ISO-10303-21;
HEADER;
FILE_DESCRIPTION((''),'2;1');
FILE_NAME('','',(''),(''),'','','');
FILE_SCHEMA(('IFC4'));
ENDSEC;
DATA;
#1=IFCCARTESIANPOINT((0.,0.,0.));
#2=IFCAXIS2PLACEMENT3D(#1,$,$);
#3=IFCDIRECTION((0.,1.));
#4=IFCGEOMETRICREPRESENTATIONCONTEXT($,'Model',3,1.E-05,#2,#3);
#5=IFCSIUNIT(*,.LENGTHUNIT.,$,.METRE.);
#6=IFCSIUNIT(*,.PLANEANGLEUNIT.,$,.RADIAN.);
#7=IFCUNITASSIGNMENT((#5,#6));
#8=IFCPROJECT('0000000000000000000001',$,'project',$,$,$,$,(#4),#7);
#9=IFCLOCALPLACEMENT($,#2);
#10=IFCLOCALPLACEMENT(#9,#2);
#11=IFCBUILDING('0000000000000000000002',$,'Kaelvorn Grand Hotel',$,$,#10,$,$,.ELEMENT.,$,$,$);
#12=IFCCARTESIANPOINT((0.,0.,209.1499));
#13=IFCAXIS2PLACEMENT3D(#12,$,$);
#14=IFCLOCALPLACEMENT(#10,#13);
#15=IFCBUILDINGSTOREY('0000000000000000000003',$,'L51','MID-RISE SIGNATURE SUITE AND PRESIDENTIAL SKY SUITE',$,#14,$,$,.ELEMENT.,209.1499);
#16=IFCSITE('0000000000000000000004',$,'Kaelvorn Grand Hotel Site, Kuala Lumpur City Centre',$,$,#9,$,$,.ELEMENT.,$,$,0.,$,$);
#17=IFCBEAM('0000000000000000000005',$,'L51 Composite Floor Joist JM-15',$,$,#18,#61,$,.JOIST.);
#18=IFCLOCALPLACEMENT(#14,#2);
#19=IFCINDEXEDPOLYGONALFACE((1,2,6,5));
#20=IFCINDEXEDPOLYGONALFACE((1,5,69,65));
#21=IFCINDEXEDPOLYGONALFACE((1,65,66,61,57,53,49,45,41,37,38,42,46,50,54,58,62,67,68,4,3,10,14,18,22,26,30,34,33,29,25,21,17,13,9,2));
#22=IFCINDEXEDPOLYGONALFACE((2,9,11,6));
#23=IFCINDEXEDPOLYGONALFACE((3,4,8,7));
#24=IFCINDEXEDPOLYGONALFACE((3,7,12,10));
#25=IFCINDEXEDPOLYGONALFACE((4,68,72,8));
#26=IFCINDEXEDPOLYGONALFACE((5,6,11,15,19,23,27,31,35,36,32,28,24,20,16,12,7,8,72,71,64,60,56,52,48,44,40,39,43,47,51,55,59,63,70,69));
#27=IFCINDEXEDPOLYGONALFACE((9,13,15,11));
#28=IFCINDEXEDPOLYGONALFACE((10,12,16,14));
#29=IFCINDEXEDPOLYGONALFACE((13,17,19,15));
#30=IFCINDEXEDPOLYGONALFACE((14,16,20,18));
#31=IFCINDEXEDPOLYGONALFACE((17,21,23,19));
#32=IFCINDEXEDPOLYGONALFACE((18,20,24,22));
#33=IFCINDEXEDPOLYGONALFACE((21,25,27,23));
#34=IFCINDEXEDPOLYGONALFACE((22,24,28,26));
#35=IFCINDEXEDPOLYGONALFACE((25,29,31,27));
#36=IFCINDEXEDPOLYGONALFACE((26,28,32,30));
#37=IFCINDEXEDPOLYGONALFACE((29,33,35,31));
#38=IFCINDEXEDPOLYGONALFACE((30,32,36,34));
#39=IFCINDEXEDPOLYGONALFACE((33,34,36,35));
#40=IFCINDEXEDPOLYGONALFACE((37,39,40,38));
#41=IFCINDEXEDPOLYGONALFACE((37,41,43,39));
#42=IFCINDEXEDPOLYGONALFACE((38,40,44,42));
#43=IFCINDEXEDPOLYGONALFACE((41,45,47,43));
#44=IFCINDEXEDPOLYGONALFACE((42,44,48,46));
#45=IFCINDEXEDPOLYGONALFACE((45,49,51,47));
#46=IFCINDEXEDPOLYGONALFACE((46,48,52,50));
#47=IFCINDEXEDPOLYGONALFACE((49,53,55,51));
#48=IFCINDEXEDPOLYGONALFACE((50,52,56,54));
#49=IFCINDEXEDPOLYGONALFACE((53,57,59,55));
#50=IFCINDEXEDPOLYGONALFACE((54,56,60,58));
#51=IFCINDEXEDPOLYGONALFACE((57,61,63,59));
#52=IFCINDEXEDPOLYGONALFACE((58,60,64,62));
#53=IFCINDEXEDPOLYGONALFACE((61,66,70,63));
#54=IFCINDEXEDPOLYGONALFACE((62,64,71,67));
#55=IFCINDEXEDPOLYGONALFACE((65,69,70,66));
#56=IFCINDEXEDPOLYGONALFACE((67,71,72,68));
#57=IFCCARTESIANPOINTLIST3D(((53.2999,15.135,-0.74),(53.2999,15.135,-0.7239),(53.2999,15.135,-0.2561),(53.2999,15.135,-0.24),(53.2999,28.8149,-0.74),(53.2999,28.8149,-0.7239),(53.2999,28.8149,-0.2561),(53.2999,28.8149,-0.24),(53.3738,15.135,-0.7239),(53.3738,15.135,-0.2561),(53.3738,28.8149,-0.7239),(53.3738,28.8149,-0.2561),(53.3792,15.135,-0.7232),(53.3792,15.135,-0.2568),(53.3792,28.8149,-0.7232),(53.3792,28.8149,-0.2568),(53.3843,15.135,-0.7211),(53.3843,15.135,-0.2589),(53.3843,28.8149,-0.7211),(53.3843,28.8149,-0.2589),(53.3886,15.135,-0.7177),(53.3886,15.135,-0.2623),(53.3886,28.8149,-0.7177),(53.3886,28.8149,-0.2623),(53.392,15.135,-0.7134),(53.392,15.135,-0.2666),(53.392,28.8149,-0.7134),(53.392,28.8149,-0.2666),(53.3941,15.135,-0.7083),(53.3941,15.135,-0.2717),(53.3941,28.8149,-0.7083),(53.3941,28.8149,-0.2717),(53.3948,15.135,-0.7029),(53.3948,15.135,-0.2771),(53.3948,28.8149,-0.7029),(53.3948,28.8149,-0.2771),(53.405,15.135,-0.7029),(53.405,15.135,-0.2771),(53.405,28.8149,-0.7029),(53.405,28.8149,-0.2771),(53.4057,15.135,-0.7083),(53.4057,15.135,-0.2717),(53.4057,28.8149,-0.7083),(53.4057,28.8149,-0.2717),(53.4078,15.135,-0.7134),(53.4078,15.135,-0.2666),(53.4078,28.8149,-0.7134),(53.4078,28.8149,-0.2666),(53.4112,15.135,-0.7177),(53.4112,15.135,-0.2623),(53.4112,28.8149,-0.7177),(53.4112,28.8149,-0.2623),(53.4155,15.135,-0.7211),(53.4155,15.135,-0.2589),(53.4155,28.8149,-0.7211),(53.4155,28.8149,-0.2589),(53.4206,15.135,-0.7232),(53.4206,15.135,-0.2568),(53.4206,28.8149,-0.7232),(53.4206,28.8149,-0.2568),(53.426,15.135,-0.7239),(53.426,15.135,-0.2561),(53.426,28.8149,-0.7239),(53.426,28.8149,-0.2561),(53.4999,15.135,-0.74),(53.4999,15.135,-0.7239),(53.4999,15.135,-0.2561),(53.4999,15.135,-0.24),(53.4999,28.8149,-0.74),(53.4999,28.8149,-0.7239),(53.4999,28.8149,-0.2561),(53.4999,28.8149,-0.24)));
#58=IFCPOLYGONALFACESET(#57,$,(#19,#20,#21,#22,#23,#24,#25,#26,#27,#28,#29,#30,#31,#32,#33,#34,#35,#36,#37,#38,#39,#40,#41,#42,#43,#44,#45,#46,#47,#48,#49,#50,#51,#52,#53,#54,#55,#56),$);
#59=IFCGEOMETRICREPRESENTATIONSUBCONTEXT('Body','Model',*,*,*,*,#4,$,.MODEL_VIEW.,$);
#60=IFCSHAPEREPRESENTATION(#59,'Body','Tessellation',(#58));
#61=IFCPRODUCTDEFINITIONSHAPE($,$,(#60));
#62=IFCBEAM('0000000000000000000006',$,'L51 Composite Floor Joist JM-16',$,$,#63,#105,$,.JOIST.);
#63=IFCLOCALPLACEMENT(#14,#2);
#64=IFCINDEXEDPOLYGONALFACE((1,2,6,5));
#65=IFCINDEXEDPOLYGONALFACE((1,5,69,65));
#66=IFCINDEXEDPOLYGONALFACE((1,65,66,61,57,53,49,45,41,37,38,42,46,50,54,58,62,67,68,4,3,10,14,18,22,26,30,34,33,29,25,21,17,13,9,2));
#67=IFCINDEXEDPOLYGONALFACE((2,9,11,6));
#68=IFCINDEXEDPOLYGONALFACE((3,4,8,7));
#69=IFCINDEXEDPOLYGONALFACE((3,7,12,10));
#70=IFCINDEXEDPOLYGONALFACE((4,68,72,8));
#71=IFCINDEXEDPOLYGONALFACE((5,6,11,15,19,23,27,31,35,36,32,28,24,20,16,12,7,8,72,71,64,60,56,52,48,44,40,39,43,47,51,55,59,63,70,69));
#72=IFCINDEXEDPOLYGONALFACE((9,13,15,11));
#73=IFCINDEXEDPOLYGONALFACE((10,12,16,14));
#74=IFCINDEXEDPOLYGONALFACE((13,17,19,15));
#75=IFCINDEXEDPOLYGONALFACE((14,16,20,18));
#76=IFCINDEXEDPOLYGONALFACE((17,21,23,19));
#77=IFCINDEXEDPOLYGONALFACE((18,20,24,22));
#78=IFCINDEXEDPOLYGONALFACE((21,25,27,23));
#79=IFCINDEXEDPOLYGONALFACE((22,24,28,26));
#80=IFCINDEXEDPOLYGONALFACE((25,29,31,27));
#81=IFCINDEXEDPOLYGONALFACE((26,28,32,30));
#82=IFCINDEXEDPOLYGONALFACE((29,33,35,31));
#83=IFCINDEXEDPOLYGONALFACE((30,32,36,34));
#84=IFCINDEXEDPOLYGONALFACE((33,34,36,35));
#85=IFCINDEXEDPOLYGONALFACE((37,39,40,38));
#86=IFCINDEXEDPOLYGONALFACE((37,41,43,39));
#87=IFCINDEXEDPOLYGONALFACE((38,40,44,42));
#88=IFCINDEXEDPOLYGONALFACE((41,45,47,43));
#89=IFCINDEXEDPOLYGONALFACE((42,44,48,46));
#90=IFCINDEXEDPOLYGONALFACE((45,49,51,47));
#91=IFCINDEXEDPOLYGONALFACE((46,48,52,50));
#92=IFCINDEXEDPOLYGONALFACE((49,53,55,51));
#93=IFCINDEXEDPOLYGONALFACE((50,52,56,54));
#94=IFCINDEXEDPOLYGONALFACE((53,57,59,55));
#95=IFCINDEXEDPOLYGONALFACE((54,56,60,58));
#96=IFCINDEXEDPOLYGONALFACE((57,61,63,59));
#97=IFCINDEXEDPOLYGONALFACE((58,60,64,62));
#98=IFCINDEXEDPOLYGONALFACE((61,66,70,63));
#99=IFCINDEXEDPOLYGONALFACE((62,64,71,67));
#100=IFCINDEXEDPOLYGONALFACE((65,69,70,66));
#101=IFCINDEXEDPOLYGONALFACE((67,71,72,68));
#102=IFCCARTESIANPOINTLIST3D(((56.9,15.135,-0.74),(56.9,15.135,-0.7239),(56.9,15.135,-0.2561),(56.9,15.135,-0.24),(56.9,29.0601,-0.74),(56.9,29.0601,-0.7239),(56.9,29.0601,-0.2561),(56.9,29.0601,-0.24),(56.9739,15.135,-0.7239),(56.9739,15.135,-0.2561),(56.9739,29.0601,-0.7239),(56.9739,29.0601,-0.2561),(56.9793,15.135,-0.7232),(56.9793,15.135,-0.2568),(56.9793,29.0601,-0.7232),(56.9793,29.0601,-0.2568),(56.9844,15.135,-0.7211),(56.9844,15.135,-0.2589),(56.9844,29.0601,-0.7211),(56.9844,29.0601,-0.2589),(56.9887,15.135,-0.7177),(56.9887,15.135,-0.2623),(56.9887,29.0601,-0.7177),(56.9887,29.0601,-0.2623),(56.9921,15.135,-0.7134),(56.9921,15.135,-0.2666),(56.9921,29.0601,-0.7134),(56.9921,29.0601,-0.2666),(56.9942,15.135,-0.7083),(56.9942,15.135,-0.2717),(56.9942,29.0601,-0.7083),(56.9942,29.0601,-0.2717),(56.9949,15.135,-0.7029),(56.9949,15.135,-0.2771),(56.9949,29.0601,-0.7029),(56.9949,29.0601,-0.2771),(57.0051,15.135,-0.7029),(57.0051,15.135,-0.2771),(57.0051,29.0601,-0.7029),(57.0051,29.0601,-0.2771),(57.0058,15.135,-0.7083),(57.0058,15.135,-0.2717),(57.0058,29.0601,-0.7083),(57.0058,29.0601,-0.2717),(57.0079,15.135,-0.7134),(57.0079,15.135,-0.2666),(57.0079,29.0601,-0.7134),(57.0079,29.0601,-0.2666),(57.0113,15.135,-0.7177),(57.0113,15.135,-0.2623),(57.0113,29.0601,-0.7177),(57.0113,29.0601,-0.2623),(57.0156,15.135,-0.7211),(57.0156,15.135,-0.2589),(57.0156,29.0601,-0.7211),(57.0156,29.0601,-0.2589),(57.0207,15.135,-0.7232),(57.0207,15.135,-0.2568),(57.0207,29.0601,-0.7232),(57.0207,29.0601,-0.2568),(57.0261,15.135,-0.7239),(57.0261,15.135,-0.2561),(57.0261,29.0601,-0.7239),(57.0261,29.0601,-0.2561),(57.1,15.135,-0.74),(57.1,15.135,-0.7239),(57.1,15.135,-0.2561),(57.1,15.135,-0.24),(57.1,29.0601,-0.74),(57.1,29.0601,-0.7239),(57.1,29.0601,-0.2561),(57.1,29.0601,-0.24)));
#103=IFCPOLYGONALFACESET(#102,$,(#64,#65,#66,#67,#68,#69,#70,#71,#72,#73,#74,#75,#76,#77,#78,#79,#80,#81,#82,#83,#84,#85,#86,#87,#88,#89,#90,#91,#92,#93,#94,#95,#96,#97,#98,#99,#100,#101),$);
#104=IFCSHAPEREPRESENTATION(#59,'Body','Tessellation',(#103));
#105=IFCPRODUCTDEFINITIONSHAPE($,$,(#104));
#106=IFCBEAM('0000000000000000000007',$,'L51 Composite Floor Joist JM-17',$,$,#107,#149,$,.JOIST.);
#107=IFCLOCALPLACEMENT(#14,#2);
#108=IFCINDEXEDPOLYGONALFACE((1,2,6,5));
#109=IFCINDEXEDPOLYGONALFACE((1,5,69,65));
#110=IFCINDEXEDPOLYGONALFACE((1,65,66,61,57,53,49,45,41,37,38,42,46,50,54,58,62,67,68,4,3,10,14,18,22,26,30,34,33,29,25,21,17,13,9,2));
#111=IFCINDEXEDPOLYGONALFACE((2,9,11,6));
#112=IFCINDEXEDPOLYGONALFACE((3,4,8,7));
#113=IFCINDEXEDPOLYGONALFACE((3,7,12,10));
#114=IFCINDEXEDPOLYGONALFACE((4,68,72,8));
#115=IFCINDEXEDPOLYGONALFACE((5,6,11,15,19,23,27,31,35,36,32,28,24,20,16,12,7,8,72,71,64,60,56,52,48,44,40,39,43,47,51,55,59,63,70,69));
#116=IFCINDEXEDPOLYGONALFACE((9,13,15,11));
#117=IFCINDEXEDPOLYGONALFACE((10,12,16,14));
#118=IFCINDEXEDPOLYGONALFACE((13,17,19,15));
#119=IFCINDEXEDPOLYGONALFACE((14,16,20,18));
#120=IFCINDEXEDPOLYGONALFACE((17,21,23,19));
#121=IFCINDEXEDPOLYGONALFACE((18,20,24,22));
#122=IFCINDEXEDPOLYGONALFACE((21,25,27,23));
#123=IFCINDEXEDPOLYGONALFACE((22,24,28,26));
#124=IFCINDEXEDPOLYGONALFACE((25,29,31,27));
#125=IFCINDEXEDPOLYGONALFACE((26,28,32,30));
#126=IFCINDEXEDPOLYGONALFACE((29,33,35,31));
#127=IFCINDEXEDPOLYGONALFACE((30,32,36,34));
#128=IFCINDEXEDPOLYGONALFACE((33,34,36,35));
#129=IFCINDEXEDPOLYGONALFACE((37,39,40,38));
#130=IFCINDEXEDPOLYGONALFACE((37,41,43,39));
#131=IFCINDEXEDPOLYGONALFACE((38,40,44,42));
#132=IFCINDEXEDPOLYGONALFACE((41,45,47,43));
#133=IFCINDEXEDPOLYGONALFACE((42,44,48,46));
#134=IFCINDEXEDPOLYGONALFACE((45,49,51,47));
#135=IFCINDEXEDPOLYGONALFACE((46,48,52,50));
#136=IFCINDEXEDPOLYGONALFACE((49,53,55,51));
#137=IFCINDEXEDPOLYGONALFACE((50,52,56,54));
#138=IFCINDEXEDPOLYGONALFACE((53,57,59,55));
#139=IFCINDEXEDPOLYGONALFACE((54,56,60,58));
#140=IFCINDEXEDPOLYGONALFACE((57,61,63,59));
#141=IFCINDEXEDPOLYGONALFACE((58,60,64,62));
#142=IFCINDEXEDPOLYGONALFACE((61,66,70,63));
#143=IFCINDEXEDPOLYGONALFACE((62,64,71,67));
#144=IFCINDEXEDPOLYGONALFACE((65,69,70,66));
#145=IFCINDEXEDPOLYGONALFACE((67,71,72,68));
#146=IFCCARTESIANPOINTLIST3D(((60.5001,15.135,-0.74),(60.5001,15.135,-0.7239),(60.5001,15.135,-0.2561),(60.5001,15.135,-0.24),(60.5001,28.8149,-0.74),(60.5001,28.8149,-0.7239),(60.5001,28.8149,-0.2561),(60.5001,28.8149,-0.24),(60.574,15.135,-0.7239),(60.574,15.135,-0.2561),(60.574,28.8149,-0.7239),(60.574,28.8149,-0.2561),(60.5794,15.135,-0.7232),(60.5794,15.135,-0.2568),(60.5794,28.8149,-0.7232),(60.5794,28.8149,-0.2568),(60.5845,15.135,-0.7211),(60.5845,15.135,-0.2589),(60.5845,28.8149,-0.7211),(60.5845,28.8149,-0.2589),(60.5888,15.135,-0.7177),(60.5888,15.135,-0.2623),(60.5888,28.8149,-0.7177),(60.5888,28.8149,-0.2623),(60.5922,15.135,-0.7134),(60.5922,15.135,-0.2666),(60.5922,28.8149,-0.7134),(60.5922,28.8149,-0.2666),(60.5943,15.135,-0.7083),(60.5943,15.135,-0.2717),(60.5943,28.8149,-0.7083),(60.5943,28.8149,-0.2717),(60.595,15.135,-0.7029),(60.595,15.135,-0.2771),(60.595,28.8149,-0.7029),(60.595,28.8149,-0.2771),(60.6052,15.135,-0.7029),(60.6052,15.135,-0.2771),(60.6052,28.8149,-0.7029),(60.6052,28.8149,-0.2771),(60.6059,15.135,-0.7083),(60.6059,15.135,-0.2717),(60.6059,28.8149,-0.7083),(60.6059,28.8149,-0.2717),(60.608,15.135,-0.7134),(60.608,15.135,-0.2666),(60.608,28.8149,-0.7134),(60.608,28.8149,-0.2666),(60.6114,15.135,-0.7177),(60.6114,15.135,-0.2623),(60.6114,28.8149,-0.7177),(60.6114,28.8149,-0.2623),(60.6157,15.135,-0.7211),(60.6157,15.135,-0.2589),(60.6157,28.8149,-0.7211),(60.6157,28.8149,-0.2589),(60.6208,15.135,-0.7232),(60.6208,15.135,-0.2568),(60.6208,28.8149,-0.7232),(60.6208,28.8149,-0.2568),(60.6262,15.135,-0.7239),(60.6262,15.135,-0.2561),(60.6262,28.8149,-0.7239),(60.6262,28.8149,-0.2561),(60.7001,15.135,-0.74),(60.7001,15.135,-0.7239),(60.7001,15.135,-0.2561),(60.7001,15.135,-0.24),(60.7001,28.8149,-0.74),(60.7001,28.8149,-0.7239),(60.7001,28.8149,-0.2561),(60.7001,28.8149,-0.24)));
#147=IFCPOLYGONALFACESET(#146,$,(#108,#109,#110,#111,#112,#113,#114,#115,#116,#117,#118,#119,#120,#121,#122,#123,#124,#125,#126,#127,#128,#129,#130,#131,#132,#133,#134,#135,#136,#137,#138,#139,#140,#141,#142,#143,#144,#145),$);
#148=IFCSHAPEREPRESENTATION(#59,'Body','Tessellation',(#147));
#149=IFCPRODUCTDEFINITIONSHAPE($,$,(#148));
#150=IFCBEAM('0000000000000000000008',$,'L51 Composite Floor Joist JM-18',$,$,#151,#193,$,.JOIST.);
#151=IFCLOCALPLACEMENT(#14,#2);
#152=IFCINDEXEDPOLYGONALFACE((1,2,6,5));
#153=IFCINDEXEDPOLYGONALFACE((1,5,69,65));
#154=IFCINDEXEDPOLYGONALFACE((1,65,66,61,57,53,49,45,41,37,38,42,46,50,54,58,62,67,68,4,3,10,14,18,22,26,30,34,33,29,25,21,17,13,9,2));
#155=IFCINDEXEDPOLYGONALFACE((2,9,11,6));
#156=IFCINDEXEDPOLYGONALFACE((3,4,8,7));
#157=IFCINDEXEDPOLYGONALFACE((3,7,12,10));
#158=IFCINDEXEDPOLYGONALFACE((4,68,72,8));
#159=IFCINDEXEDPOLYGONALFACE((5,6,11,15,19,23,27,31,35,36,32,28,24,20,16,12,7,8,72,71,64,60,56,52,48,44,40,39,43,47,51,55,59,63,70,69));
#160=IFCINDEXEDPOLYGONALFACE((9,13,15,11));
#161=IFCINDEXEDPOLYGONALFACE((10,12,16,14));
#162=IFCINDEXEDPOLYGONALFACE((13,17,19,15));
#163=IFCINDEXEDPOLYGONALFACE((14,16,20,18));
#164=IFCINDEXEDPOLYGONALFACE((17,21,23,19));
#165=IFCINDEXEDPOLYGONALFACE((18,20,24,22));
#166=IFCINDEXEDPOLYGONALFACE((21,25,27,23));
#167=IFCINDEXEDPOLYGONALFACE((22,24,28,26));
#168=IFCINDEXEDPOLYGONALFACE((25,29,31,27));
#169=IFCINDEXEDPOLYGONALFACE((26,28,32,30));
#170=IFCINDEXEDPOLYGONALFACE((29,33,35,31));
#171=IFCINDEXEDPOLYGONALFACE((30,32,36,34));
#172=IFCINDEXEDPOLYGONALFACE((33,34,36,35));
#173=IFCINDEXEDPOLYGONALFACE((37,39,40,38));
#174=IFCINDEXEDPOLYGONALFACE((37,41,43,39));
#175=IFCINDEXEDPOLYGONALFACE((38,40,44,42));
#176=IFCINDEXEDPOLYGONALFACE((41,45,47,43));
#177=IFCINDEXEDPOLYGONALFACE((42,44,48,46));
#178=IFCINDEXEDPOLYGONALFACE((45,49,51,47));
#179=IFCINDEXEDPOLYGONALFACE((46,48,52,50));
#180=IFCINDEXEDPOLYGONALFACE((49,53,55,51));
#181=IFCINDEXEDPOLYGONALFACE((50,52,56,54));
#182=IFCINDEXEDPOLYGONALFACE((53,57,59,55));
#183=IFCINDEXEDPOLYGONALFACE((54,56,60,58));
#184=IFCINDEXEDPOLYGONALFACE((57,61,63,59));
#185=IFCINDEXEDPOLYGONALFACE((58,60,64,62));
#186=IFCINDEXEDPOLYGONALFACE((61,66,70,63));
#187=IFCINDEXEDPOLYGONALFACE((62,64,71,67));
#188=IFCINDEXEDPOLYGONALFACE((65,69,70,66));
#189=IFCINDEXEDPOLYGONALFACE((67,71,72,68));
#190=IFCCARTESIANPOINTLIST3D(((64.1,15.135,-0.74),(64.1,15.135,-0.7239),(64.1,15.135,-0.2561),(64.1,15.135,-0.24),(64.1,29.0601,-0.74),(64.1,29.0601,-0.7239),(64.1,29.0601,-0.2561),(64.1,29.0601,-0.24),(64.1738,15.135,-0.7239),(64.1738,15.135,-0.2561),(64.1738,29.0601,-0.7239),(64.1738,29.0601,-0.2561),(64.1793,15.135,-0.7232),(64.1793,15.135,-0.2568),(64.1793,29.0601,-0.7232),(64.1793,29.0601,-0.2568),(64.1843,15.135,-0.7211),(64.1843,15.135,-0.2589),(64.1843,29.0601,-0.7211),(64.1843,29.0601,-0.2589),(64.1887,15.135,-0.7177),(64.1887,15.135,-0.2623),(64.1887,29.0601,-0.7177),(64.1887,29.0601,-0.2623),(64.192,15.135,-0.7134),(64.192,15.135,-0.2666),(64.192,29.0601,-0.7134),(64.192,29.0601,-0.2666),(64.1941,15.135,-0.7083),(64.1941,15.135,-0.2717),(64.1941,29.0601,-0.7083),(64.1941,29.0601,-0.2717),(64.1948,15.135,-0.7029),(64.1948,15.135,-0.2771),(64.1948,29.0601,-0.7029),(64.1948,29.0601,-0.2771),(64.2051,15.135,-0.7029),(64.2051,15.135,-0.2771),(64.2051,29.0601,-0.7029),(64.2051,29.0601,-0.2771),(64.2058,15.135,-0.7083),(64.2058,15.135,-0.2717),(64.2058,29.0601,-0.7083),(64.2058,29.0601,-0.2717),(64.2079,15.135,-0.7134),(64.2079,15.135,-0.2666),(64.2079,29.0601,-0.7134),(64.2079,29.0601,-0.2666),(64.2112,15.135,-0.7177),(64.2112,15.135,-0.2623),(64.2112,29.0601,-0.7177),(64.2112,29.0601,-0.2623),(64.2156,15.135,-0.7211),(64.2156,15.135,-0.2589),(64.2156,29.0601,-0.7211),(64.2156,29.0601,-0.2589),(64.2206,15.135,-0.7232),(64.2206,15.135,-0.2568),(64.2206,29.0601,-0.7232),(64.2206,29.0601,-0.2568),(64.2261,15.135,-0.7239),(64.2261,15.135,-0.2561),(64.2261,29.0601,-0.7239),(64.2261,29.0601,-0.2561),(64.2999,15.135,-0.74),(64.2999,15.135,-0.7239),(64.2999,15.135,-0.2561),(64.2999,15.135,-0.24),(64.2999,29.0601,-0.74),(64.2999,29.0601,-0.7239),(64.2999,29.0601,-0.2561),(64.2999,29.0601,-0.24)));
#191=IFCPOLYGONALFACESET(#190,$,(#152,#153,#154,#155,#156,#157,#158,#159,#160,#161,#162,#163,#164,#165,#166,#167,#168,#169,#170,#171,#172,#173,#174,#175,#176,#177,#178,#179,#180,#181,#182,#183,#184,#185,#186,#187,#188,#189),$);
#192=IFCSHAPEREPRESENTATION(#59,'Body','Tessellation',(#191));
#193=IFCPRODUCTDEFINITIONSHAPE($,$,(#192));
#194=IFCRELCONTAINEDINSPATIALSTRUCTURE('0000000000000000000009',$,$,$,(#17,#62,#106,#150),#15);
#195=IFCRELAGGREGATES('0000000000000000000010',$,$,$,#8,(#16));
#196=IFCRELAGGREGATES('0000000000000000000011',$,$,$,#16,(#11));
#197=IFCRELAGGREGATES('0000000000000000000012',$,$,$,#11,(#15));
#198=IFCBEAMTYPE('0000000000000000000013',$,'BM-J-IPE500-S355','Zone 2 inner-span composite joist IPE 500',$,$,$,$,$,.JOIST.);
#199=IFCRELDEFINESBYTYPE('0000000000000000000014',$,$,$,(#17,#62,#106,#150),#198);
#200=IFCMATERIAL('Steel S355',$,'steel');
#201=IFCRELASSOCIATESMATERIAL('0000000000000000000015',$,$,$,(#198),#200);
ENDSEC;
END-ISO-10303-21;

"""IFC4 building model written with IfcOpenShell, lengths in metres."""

from ifc_helpers import new_model, si_unit, direction, frame, origin, origin_2d, place, context, subcontext, project, spatial, i_section, extrude, material, material_profile, profile_set, type_object, element, save


model = new_model("IFC4")

# Units and contexts
model_context = context("Model", 3, precision=1e-05, world=origin(), true_north=direction((0.0, 1.0)))
body_context = subcontext(model_context, "Body", "Model", "MODEL_VIEW")
ifc_project = project(units=[si_unit("LENGTHUNIT", "METRE"), si_unit("PLANEANGLEUNIT", "RADIAN")], contexts=[model_context])

# Site, building, storey
site_placement = place(None, origin())
site = spatial("IfcSite", under=ifc_project, at=site_placement, Name="Kaelvorn Grand Hotel Site, Kuala Lumpur City Centre", CompositionType="ELEMENT", RefElevation=0.0)
building_placement = place(site_placement, origin())
building = spatial("IfcBuilding", under=site, at=building_placement, Name="Kaelvorn Grand Hotel", CompositionType="ELEMENT")
storey_placement = place(building_placement, frame((0.0, 0.0, 209.1499)))
storey = spatial("IfcBuildingStorey", under=building, at=storey_placement, Name="L51", Description="MID-RISE SIGNATURE SUITE AND PRESIDENTIAL SKY SUITE", CompositionType="ELEMENT", Elevation=209.1499)

# Beams
ifc_material_1 = material(Name="Steel S355", Category="steel")
ifc_material_profile_1 = material_profile(ifc_material_1, i_section(OverallWidth=0.2, OverallDepth=0.5, WebThickness=0.0103, FlangeThickness=0.0161, FilletRadius=0.021, at=origin_2d()), Name="IPE 500")
ifc_profile_set_1 = profile_set([ifc_material_profile_1], Name="Steel S355")
beam_type_1 = type_object("IfcBeamType", Name="BM-J-IPE500-S355", Description="Zone 2 inner-span composite joist IPE 500", PredefinedType="JOIST", material=ifc_profile_set_1)
beam_1_placement = place(storey_placement, frame((53.3999, 15.135, -0.49), z_axis=(0.0, 1.0, 0.0), x_axis=(-1.0, 0.0, 0.0)))
element("IfcBeam", 1, at=beam_1_placement, inside=storey, type_object=beam_type_1, Name="L51 Composite Floor Joist JM-15", PredefinedType="JOIST", context=body_context, shape_type="SweptSolid", body=[
    extrude(i_section(OverallWidth=0.2, OverallDepth=0.5, WebThickness=0.0103, FlangeThickness=0.0161, FilletRadius=0.021, at=origin_2d()), origin(), (0.0, 0.0, 1.0), 13.6799),
])
beam_2_placement = place(storey_placement, frame((57.0, 15.135, -0.49), z_axis=(0.0, 1.0, 0.0), x_axis=(-1.0, 0.0, 0.0)))
element("IfcBeam", 2, at=beam_2_placement, inside=storey, type_object=beam_type_1, Name="L51 Composite Floor Joist JM-16", PredefinedType="JOIST", context=body_context, shape_type="SweptSolid", body=[
    extrude(i_section(OverallWidth=0.2, OverallDepth=0.5, WebThickness=0.0103, FlangeThickness=0.0161, FilletRadius=0.021, at=origin_2d()), origin(), (0.0, 0.0, 1.0), 13.925),
])
beam_3_placement = place(storey_placement, frame((60.6001, 15.135, -0.49), z_axis=(0.0, 1.0, 0.0), x_axis=(-1.0, 0.0, 0.0)))
element("IfcBeam", 3, at=beam_3_placement, inside=storey, type_object=beam_type_1, Name="L51 Composite Floor Joist JM-17", PredefinedType="JOIST", context=body_context, shape_type="SweptSolid", body=[
    extrude(i_section(OverallWidth=0.2, OverallDepth=0.5, WebThickness=0.0103, FlangeThickness=0.0161, FilletRadius=0.021, at=origin_2d()), origin(), (0.0, 0.0, 1.0), 13.6799),
])
beam_4_placement = place(storey_placement, frame((64.2, 15.135, -0.49), z_axis=(0.0, 1.0, 0.0), x_axis=(-1.0, 0.0, 0.0)))
element("IfcBeam", 4, at=beam_4_placement, inside=storey, type_object=beam_type_1, Name="L51 Composite Floor Joist JM-18", PredefinedType="JOIST", context=body_context, shape_type="SweptSolid", body=[
    extrude(i_section(OverallWidth=0.2, OverallDepth=0.5, WebThickness=0.0103, FlangeThickness=0.0161, FilletRadius=0.021, at=origin_2d()), origin(), (0.0, 0.0, 1.0), 13.925),
])

save(model, "model.ifc")
